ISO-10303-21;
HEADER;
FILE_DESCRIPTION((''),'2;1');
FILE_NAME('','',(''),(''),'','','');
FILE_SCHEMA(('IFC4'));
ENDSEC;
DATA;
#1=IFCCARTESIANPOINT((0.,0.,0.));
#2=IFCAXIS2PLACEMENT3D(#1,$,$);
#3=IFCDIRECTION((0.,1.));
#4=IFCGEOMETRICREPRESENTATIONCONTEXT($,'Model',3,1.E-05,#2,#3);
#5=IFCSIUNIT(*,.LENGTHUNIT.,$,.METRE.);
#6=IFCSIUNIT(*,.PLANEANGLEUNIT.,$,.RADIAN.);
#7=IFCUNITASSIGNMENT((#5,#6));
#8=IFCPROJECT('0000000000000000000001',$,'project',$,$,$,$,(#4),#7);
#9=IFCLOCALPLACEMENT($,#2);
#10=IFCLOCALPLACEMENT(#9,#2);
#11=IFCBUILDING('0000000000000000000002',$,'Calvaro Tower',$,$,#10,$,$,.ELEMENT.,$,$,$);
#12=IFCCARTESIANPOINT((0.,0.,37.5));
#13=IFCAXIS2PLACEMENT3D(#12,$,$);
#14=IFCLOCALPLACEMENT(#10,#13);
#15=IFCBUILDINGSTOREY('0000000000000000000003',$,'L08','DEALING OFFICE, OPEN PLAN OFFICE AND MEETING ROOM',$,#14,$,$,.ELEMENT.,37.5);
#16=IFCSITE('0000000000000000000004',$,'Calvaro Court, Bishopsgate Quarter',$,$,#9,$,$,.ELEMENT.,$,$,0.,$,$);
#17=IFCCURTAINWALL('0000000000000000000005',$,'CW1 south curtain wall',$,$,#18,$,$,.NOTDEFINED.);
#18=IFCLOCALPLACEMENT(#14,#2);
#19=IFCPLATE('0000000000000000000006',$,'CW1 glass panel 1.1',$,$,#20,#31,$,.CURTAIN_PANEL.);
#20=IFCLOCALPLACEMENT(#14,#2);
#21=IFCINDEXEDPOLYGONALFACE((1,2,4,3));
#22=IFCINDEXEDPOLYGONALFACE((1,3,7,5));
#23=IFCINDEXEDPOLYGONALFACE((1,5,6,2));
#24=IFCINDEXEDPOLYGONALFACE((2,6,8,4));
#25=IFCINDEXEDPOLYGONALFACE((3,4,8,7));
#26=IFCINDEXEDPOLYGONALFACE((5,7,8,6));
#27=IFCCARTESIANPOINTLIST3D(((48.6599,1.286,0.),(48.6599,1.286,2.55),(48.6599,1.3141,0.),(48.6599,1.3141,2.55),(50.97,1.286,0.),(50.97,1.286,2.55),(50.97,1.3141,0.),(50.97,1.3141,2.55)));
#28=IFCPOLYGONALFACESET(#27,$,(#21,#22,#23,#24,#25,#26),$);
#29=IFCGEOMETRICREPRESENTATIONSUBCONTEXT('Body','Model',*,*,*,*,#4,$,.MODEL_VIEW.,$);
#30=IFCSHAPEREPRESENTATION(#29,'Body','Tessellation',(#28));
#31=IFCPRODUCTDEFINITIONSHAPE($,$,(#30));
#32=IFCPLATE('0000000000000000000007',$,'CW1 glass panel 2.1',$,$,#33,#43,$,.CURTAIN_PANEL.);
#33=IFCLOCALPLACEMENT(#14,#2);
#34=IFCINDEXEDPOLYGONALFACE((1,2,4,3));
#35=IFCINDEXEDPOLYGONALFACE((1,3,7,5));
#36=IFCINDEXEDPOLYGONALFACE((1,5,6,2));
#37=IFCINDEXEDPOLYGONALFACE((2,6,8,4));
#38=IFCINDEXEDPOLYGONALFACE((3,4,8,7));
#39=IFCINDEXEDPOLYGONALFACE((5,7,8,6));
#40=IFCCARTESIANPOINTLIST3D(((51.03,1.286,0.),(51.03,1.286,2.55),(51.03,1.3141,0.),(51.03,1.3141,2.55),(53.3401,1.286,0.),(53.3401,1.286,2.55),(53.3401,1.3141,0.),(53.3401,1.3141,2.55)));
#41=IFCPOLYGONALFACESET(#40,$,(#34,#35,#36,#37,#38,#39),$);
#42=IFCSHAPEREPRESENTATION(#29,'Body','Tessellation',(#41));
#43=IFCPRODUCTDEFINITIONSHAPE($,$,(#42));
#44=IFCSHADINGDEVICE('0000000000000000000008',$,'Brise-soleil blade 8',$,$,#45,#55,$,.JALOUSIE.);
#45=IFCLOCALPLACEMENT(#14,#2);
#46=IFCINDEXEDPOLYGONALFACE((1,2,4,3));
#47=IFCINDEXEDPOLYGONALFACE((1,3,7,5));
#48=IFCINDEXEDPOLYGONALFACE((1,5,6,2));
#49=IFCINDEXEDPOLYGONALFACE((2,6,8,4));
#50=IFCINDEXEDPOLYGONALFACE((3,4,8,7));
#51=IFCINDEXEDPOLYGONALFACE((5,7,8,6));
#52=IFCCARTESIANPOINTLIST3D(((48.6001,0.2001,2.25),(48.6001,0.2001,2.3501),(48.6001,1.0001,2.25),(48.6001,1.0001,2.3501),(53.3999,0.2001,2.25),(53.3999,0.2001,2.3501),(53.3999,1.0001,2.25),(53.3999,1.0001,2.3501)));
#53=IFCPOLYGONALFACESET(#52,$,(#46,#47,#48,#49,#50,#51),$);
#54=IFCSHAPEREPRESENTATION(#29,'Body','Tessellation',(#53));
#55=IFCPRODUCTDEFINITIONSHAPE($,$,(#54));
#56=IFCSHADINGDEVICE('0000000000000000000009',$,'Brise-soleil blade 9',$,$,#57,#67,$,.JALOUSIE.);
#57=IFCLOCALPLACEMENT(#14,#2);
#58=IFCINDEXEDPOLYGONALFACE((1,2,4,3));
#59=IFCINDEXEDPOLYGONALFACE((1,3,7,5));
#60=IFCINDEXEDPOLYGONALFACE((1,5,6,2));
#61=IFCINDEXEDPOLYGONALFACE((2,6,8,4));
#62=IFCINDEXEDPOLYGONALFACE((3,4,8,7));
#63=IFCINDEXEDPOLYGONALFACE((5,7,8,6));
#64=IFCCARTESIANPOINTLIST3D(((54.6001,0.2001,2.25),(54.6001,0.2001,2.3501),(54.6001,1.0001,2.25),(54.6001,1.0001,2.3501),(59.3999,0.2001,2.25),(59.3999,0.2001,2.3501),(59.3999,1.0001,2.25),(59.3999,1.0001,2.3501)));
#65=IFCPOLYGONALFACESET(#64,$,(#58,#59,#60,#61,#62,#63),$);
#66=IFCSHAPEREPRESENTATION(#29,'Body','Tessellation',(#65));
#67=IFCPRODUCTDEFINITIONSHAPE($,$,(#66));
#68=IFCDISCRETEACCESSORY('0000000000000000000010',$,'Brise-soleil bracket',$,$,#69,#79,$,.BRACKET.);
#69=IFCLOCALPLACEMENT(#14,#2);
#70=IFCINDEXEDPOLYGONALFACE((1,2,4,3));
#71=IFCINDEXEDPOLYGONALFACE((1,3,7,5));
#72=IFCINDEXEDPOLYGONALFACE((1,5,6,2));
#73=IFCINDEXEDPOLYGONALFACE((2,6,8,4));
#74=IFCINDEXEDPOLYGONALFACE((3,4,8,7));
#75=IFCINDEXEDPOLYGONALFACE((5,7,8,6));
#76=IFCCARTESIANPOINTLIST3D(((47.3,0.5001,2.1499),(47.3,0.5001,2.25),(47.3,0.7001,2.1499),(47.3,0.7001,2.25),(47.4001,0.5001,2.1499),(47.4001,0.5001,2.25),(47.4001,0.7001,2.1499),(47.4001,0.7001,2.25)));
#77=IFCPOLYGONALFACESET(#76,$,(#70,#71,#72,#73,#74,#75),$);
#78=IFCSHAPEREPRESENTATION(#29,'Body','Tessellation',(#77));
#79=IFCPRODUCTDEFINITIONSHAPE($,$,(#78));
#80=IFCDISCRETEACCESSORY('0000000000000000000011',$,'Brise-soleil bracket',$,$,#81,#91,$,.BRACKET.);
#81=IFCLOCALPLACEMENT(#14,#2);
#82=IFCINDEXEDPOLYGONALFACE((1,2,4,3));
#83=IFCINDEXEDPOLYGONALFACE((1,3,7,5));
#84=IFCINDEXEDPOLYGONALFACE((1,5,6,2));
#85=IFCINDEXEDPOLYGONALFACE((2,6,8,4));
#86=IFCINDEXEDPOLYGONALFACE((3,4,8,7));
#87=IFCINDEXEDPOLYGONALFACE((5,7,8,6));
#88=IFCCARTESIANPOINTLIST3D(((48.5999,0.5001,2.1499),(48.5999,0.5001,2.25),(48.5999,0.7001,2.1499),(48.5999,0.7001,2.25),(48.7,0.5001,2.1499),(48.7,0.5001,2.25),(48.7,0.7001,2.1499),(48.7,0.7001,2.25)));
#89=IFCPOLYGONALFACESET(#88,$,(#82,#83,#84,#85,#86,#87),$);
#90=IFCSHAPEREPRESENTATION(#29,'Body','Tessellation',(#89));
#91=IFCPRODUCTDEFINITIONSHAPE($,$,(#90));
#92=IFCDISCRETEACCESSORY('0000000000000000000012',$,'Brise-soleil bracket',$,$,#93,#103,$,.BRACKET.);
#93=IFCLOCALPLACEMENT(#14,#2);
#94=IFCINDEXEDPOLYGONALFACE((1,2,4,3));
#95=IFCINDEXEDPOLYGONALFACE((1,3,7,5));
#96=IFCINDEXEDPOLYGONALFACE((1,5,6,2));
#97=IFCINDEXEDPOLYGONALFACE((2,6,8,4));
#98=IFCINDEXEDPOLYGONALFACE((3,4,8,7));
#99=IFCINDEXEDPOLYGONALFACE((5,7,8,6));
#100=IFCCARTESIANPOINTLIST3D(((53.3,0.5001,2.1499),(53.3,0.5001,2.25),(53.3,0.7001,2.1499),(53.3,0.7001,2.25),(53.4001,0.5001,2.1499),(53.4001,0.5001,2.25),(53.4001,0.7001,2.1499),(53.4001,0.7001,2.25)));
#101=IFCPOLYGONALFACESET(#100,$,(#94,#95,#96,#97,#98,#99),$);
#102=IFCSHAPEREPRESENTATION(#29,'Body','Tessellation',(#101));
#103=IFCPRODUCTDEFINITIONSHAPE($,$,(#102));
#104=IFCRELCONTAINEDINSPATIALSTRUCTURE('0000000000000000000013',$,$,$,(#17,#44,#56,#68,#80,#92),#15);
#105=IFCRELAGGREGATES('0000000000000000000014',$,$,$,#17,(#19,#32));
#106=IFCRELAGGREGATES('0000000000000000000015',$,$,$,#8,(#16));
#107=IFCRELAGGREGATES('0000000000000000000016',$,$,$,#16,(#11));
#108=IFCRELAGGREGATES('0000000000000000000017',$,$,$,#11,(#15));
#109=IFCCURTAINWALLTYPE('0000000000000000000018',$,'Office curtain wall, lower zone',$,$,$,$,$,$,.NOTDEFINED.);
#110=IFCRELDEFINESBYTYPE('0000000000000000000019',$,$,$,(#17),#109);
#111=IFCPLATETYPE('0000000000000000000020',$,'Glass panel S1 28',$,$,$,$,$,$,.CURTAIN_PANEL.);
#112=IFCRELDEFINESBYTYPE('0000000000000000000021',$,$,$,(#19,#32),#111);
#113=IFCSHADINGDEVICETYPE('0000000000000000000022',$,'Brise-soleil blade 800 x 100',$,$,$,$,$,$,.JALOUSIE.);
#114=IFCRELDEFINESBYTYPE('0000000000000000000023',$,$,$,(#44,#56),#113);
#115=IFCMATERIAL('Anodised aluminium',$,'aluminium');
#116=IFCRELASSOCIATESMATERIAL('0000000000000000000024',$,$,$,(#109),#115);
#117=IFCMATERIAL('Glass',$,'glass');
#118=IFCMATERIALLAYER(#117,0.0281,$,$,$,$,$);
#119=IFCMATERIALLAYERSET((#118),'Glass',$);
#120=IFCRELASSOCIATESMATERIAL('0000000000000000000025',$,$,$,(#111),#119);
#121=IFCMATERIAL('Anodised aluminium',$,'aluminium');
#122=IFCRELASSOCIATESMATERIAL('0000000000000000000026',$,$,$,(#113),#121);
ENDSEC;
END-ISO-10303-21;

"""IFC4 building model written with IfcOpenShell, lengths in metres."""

from ifc_helpers import new_model, si_unit, direction, frame, origin, origin_2d, place, context, subcontext, project, spatial, rectangle, extrude, material, layer, layer_set, material_profile, profile_set, type_object, element, aggregate, save


model = new_model("IFC4")

# Units and contexts
model_context = context("Model", 3, precision=1e-05, world=origin(), true_north=direction((0.0, 1.0)))
body_context = subcontext(model_context, "Body", "Model", "MODEL_VIEW")
ifc_project = project(units=[si_unit("LENGTHUNIT", "METRE"), si_unit("PLANEANGLEUNIT", "RADIAN")], contexts=[model_context])

# Site, building, storey
site_placement = place(None, origin())
site = spatial("IfcSite", under=ifc_project, at=site_placement, Name="Calvaro Court, Bishopsgate Quarter", CompositionType="ELEMENT", RefElevation=0.0)
building_placement = place(site_placement, origin())
building = spatial("IfcBuilding", under=site, at=building_placement, Name="Calvaro Tower", CompositionType="ELEMENT")
storey_placement = place(building_placement, frame((0.0, 0.0, 37.5)))
storey = spatial("IfcBuildingStorey", under=building, at=storey_placement, Name="L08", Description="DEALING OFFICE, OPEN PLAN OFFICE AND MEETING ROOM", CompositionType="ELEMENT", Elevation=37.5)

# Curtain wall
ifc_material_1 = material(Name="Anodised aluminium", Category="aluminium")
curtain_wall_type = type_object("IfcCurtainWallType", Name="Office curtain wall, lower zone", PredefinedType="NOTDEFINED", material=ifc_material_1)
curtain_wall_1_placement = place(storey_placement, origin())
curtain_wall_1 = element("IfcCurtainWall", 1, at=curtain_wall_1_placement, inside=storey, type_object=curtain_wall_type, Name="CW1 south curtain wall", PredefinedType="NOTDEFINED")

# Plates
ifc_material_2 = material(Name="Glass", Category="glass")
ifc_layer = layer(ifc_material_2, 0.0281)
ifc_layer_set = layer_set([ifc_layer], Name="Glass")
plate_type = type_object("IfcPlateType", Name="Glass panel S1 28", PredefinedType="CURTAIN_PANEL", material=ifc_layer_set)
plate_1_placement = place(storey_placement, frame((49.8149, 1.3, 0.0), z_axis=(0.0, 0.0, 1.0), x_axis=(1.0, 0.0, 0.0)))
plate_1 = element("IfcPlate", 2, at=plate_1_placement, type_object=plate_type, Name="CW1 glass panel 1.1", PredefinedType="CURTAIN_PANEL", context=body_context, shape_type="SweptSolid", body=[
    extrude(rectangle(XDim=2.3101, YDim=0.0281, at=origin_2d()), origin(), (0.0, 0.0, 1.0), 2.55),
])
plate_2_placement = place(storey_placement, frame((52.1851, 1.3, 0.0), z_axis=(0.0, 0.0, 1.0), x_axis=(1.0, 0.0, 0.0)))
plate_2 = element("IfcPlate", 3, at=plate_2_placement, type_object=plate_type, Name="CW1 glass panel 2.1", PredefinedType="CURTAIN_PANEL", context=body_context, shape_type="SweptSolid", body=[
    extrude(rectangle(XDim=2.3101, YDim=0.0281, at=origin_2d()), origin(), (0.0, 0.0, 1.0), 2.55),
])
aggregate(curtain_wall_1, [plate_1, plate_2])

# Shading devices
ifc_material_3 = material(Name="Anodised aluminium", Category="aluminium")
ifc_material_profile_1 = material_profile(ifc_material_3, rectangle(XDim=0.8, YDim=0.1001, at=origin_2d()), Name="Brise-soleil blade 800 x 100")
ifc_profile_set_1 = profile_set([ifc_material_profile_1], Name="Anodised aluminium")
shading_device_type = type_object("IfcShadingDeviceType", Name="Brise-soleil blade 800 x 100", PredefinedType="JALOUSIE", material=ifc_profile_set_1)
for number, where, z_axis, x_axis, name in (
    (4, (48.6001, 0.6001, 2.3), (1.0, 0.0, 0.0), (0.0, 1.0, 0.0), "Brise-soleil blade 8"),
    (5, (54.6001, 0.6001, 2.3), (1.0, 0.0, 0.0), (0.0, 1.0, 0.0), "Brise-soleil blade 9"),
):
    element("IfcShadingDevice", number, at=place(storey_placement, frame(where, z_axis=z_axis, x_axis=x_axis)), inside=storey, type_object=shading_device_type, Name=name, PredefinedType="JALOUSIE", context=body_context, shape_type="SweptSolid", body=[
        extrude(rectangle(XDim=0.8, YDim=0.1001, at=origin_2d()), origin(), (0.0, 0.0, 1.0), 4.7998),
    ])

# Discrete accessories
for number, where, z_axis, x_axis, name in (
    (6, (47.3501, 0.6001, 2.1499), (0.0, 0.0, 1.0), (1.0, 0.0, 0.0), "Brise-soleil bracket"),
    (7, (48.6499, 0.6001, 2.1499), (0.0, 0.0, 1.0), (1.0, 0.0, 0.0), "Brise-soleil bracket"),
    (8, (53.3501, 0.6001, 2.1499), (0.0, 0.0, 1.0), (1.0, 0.0, 0.0), "Brise-soleil bracket"),
):
    element("IfcDiscreteAccessory", number, at=place(storey_placement, frame(where, z_axis=z_axis, x_axis=x_axis)), inside=storey, Name=name, PredefinedType="BRACKET", context=body_context, shape_type="SweptSolid", body=[
        extrude(rectangle(XDim=0.1001, YDim=0.2, at=origin_2d()), origin(), (0.0, 0.0, 1.0), 0.1001),
    ])

save(model, "model.ifc")
